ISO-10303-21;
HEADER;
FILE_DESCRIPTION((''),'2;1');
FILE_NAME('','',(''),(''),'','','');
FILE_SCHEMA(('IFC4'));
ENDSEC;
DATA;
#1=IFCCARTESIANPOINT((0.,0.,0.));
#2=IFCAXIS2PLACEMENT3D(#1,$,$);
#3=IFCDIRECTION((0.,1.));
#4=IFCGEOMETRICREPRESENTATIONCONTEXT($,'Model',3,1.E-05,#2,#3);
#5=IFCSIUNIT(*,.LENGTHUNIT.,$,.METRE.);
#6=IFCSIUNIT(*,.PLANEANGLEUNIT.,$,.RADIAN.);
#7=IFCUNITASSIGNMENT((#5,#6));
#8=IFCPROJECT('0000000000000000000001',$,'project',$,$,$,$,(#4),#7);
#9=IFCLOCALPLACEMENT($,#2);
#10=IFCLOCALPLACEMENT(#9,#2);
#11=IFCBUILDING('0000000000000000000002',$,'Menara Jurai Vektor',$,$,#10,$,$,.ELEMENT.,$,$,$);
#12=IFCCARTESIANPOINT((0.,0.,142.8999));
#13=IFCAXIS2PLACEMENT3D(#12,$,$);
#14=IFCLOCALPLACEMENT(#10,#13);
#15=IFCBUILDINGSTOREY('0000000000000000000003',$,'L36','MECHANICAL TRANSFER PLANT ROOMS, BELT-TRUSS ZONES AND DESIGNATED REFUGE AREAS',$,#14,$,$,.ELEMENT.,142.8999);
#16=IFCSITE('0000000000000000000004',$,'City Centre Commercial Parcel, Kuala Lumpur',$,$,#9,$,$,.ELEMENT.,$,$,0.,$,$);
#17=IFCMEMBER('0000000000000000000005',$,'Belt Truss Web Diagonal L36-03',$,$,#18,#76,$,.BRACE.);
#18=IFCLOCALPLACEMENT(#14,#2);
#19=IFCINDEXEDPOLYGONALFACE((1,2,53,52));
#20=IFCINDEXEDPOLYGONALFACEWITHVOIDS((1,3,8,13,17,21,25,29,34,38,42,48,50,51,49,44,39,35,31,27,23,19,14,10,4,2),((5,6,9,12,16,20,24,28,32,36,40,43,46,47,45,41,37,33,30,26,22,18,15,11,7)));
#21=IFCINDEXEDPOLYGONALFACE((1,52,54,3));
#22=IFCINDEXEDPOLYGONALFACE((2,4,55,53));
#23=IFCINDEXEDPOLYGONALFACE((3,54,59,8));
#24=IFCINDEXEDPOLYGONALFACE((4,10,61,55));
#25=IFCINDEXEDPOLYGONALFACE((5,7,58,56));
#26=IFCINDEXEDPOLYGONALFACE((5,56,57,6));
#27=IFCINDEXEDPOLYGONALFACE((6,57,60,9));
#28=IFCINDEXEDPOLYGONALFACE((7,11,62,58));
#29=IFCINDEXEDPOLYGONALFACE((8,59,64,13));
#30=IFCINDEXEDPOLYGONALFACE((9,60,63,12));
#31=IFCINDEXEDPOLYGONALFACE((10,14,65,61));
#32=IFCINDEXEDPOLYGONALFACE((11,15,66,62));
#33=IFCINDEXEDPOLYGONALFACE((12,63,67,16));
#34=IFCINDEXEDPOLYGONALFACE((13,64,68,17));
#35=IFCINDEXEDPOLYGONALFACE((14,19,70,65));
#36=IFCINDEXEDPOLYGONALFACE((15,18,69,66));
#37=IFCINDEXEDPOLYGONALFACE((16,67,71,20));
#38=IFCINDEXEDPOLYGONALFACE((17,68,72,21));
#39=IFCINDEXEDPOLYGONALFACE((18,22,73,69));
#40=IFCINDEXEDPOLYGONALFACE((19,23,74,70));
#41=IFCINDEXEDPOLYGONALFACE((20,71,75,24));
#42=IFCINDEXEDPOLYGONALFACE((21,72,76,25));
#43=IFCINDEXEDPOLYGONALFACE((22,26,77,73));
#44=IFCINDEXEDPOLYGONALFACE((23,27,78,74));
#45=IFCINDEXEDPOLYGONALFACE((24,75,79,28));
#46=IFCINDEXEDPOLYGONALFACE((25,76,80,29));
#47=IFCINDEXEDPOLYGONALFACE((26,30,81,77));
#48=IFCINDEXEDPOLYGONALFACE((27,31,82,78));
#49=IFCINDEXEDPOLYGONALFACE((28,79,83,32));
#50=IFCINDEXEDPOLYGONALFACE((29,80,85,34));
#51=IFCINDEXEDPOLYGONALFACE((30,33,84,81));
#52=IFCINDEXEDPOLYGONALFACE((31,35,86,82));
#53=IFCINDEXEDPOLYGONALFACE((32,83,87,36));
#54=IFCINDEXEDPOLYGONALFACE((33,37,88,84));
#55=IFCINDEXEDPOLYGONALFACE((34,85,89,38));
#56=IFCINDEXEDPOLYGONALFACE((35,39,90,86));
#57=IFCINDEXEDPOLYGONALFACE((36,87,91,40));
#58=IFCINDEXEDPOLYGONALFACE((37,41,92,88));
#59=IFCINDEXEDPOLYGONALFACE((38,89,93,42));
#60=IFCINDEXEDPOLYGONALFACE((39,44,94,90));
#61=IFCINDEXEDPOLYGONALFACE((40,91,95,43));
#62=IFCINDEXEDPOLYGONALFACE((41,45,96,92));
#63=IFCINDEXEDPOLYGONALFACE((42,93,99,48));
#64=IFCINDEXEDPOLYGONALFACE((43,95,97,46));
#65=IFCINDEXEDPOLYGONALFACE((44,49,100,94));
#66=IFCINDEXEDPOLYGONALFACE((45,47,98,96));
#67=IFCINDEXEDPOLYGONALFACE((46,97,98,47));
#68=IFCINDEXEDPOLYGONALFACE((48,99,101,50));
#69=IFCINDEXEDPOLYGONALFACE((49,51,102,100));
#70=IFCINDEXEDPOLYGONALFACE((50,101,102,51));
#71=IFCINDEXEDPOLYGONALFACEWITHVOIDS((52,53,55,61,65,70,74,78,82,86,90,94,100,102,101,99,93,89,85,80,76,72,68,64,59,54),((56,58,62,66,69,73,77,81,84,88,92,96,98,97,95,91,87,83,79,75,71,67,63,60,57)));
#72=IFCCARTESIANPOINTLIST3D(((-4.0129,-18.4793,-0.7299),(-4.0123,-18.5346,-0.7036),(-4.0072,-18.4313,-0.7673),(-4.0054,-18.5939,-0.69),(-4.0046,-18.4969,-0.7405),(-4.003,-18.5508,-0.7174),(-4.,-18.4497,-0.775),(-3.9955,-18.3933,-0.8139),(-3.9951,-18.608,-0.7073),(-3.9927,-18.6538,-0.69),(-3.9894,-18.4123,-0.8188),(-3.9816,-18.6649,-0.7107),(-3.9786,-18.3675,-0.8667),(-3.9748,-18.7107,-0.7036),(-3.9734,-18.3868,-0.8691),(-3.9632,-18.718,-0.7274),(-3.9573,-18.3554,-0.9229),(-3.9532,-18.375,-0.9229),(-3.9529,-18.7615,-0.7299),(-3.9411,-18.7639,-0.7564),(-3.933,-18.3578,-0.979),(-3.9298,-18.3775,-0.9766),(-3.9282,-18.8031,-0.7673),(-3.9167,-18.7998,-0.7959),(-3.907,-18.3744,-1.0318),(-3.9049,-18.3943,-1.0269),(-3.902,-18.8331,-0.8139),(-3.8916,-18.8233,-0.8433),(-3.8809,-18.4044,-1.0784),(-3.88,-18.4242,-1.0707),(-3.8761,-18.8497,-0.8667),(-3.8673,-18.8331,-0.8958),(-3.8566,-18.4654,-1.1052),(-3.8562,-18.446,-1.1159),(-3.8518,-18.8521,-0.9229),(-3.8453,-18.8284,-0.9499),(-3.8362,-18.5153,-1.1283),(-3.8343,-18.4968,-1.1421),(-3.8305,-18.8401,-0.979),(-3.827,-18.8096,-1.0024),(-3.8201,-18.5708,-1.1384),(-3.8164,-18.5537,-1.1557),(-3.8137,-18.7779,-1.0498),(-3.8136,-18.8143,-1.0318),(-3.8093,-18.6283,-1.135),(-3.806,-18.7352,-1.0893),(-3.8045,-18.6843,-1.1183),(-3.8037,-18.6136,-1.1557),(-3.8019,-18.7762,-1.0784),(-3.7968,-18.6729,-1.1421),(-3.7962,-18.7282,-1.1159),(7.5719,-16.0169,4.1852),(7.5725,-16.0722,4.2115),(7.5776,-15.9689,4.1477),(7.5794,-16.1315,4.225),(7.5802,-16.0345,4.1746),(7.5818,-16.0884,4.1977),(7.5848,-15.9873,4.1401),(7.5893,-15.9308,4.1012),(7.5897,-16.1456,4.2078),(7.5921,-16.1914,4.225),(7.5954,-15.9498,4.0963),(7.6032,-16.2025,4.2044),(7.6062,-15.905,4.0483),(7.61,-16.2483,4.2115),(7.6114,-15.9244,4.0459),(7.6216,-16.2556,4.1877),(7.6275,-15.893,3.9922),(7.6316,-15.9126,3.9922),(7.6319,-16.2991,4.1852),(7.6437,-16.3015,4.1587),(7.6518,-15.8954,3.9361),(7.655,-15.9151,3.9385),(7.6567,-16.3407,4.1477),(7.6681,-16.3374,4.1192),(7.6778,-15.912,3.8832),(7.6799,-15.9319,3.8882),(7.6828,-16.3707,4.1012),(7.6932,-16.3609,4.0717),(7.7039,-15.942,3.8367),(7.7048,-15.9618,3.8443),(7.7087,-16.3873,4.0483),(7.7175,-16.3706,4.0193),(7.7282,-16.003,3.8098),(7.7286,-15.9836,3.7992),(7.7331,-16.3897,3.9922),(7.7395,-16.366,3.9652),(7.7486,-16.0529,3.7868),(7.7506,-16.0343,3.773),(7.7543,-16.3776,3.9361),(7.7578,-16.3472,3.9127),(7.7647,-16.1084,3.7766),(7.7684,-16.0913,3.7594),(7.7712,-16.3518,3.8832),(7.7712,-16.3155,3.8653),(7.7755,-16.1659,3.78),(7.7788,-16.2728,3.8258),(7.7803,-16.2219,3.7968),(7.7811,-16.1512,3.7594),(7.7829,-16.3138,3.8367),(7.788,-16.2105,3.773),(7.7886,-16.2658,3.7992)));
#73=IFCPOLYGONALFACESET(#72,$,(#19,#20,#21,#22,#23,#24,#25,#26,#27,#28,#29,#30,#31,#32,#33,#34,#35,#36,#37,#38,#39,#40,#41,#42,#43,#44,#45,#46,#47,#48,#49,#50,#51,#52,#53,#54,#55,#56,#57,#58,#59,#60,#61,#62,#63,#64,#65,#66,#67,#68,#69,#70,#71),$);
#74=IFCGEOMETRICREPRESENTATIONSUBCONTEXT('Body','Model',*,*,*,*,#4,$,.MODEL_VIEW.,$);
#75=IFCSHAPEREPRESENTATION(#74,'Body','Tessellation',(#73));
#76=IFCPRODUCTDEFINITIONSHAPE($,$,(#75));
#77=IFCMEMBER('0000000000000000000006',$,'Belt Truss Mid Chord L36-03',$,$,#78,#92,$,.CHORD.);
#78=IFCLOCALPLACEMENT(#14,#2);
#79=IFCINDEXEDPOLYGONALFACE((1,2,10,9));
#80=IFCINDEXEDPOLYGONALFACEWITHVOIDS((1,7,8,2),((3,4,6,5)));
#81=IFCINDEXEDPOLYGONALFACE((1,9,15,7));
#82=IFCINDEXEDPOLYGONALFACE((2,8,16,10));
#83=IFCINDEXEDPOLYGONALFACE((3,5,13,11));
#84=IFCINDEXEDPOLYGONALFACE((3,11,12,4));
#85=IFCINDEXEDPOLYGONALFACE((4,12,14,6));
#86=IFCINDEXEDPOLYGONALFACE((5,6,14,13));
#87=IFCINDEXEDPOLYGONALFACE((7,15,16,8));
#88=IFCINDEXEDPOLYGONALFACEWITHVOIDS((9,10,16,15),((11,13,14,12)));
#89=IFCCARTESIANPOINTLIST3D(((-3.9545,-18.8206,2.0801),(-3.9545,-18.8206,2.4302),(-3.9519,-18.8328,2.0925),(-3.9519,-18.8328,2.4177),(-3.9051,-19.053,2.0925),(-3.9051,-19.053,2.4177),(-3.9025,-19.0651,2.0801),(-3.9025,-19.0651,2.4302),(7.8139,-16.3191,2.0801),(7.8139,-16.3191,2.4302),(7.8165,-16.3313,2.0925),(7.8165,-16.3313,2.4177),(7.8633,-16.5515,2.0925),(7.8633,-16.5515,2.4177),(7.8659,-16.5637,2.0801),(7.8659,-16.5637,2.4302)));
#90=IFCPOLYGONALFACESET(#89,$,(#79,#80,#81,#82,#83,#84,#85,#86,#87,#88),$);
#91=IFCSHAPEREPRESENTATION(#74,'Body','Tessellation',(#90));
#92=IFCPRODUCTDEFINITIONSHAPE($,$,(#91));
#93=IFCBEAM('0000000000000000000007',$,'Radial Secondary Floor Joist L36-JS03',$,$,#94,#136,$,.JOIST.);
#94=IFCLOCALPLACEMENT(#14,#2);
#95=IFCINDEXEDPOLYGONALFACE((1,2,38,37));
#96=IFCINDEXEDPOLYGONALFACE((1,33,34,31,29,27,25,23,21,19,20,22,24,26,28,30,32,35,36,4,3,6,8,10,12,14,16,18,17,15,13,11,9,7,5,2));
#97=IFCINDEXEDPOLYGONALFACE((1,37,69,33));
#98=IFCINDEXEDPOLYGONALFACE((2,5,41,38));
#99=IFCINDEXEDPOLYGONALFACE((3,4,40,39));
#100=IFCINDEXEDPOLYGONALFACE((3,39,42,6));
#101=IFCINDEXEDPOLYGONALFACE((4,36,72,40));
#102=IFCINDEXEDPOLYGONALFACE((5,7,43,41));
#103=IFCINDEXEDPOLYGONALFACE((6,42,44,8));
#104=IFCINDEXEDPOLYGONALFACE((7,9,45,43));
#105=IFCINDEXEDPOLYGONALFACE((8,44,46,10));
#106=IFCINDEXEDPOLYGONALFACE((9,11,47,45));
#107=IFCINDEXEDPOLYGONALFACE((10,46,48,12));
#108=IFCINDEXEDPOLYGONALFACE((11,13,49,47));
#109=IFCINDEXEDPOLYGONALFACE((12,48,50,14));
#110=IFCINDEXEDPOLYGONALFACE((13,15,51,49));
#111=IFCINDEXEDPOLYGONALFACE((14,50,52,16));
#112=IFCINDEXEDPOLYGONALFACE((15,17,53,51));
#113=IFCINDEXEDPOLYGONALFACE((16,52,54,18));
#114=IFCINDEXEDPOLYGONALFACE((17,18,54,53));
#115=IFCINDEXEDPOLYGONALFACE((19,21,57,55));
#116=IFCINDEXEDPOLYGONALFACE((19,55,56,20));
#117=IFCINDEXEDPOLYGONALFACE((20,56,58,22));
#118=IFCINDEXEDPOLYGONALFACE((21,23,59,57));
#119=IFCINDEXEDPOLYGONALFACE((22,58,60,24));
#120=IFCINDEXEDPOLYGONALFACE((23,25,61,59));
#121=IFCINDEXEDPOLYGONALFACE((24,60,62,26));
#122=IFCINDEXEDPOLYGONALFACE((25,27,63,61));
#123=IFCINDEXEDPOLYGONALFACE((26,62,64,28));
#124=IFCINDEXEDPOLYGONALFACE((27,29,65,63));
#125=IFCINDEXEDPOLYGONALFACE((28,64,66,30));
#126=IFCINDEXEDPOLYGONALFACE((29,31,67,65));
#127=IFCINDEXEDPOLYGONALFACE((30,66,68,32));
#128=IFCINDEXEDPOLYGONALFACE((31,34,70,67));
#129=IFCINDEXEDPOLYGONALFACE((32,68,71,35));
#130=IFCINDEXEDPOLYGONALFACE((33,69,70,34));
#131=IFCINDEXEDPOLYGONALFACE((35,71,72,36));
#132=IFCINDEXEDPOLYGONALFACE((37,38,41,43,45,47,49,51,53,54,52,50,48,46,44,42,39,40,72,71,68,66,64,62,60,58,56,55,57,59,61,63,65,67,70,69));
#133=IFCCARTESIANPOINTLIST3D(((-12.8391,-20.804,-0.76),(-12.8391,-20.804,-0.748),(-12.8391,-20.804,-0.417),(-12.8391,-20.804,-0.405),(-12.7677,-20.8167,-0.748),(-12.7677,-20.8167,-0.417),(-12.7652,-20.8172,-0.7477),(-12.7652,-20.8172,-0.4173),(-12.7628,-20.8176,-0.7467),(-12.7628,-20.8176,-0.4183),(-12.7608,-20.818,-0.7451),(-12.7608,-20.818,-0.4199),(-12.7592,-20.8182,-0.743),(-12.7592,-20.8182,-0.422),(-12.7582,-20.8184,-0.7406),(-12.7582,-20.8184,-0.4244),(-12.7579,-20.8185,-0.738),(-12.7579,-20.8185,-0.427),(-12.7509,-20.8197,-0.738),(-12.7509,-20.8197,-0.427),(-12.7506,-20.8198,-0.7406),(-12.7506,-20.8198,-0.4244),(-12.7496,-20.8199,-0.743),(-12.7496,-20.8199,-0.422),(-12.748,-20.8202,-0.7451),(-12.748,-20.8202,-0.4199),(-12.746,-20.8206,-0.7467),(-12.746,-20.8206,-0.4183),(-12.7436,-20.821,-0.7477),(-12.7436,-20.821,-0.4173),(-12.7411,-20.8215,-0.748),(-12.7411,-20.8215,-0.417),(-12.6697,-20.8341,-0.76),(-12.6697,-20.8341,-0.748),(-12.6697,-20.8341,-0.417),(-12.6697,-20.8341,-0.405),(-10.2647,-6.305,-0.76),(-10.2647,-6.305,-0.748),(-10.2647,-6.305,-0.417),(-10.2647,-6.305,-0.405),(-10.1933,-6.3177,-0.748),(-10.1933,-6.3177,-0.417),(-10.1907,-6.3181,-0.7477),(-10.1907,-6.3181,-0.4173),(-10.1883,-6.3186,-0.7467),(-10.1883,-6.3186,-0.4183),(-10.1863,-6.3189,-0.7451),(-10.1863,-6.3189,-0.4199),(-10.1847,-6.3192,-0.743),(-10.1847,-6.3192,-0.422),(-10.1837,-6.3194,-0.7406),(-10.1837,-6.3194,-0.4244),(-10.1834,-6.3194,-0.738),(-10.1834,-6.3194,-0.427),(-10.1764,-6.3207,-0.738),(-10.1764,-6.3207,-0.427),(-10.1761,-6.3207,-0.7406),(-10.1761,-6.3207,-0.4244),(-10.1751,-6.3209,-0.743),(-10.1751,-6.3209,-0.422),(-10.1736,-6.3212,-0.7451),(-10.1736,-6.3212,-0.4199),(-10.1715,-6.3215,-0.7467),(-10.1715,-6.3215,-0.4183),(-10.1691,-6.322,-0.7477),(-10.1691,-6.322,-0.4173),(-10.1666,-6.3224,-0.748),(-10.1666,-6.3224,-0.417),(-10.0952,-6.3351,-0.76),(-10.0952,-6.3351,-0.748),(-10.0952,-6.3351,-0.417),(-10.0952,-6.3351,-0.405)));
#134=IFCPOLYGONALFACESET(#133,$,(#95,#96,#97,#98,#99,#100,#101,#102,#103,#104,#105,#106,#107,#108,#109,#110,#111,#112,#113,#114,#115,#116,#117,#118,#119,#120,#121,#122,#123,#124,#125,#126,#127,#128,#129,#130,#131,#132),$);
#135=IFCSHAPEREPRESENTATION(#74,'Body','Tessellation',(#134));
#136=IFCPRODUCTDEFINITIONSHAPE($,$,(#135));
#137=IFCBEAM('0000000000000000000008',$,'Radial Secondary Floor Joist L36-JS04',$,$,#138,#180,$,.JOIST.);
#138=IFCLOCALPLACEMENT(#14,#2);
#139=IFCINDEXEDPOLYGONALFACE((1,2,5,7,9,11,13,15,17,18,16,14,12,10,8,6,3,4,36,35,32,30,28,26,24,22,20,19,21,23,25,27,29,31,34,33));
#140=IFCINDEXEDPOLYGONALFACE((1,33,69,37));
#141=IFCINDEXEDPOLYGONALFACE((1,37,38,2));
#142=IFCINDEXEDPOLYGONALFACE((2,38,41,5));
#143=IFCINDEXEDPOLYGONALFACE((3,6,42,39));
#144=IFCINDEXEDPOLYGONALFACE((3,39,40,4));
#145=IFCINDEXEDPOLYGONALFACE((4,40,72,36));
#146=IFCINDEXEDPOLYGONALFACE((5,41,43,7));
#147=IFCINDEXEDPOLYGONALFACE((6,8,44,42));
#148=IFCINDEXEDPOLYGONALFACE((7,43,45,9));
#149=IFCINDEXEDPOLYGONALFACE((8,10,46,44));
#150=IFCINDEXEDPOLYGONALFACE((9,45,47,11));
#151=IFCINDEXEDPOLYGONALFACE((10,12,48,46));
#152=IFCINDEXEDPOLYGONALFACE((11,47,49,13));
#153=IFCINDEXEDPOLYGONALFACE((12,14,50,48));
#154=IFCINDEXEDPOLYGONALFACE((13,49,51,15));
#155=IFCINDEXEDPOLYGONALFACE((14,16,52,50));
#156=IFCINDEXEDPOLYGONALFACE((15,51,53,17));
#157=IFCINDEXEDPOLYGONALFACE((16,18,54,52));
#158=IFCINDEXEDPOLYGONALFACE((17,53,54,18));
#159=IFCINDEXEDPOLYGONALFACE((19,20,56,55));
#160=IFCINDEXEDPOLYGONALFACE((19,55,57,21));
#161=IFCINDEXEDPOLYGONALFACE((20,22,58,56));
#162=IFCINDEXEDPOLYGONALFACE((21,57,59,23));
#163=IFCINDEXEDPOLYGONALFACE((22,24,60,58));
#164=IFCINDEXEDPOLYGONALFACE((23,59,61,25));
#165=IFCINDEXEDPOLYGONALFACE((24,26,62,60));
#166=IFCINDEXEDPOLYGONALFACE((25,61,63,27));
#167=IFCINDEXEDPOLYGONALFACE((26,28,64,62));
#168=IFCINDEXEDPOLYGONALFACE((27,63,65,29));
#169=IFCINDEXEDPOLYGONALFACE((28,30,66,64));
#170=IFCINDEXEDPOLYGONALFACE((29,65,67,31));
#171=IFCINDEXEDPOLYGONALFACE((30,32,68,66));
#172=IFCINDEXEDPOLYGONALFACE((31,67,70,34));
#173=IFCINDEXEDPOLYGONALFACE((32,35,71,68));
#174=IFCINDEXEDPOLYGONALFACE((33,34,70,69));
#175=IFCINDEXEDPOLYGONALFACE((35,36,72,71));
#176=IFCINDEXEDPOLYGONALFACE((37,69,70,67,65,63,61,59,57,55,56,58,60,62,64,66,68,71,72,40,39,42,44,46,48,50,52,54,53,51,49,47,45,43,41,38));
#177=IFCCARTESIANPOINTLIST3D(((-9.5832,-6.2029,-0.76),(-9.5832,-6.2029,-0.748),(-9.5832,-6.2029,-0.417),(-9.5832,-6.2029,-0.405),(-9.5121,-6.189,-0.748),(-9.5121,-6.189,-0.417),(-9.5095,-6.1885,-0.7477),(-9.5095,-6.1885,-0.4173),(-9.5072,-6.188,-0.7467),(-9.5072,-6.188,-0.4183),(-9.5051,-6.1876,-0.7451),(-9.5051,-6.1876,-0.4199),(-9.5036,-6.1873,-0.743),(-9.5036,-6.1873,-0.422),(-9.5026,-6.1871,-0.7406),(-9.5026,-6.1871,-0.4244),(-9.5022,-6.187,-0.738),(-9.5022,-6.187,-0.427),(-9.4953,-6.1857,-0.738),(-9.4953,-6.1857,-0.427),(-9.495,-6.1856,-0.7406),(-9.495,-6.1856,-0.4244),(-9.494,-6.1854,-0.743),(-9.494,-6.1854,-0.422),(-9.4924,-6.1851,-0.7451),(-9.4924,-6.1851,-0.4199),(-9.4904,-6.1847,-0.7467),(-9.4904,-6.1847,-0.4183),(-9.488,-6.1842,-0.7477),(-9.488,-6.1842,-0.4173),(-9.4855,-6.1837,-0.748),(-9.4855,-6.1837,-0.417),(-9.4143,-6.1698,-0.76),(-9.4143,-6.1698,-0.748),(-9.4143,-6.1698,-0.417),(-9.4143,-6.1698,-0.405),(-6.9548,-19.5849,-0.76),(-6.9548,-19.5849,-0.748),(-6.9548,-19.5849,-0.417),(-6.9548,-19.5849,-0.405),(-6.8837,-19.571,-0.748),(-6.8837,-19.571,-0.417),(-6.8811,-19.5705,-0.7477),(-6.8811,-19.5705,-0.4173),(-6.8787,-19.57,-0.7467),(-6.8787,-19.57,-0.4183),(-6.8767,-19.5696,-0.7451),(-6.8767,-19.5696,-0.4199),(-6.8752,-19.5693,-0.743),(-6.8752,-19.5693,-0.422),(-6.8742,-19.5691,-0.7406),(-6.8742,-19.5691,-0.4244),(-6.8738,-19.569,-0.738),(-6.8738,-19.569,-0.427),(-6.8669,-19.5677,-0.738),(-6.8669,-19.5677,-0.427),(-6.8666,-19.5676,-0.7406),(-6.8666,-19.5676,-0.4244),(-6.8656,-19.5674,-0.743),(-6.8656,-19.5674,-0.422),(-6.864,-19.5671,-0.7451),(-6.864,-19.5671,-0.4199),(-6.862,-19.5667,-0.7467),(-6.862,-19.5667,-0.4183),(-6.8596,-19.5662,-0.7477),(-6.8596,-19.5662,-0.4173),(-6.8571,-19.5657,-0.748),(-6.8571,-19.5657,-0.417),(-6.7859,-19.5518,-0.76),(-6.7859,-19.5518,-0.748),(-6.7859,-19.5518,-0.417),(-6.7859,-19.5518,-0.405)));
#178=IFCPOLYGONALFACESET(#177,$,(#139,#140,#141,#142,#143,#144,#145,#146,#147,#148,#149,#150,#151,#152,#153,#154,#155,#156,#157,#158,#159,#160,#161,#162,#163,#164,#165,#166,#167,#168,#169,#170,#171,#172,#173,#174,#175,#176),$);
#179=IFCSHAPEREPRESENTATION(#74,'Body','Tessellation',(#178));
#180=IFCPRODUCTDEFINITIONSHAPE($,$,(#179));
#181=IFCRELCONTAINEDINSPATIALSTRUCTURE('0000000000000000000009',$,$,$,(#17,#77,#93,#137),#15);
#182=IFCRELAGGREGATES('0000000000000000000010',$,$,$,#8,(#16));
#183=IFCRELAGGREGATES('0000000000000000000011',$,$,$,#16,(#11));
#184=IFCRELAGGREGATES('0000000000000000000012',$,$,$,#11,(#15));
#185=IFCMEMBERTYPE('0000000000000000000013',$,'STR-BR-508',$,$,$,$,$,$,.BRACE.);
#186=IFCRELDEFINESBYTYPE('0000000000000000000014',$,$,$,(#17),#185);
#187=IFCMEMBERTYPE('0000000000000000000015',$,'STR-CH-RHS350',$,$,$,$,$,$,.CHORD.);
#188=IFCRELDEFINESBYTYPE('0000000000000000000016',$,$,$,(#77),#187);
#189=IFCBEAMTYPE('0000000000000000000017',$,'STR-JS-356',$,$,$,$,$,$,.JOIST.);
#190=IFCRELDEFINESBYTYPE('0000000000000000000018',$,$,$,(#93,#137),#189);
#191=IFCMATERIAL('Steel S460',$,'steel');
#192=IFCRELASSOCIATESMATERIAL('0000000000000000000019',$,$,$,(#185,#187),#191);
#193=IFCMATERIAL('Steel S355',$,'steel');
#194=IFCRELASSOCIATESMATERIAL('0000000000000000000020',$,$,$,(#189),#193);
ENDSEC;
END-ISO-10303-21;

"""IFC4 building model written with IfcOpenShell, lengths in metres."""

from ifc_helpers import new_model, si_unit, direction, frame, origin, origin_2d, place, context, subcontext, project, spatial, hollow_rectangle, hollow_circle, i_section, extrude, material, material_profile, profile_set, type_object, element, save


model = new_model("IFC4")

# Units and contexts
model_context = context("Model", 3, precision=1e-05, world=origin(), true_north=direction((0.0, 1.0)))
body_context = subcontext(model_context, "Body", "Model", "MODEL_VIEW")
ifc_project = project(units=[si_unit("LENGTHUNIT", "METRE"), si_unit("PLANEANGLEUNIT", "RADIAN")], contexts=[model_context])

# Site, building, storey
site_placement = place(None, origin())
site = spatial("IfcSite", under=ifc_project, at=site_placement, Name="City Centre Commercial Parcel, Kuala Lumpur", CompositionType="ELEMENT", RefElevation=0.0)
building_placement = place(site_placement, origin())
building = spatial("IfcBuilding", under=site, at=building_placement, Name="Menara Jurai Vektor", CompositionType="ELEMENT")
storey_placement = place(building_placement, frame((0.0, 0.0, 142.8999)))
storey = spatial("IfcBuildingStorey", under=building, at=storey_placement, Name="L36", Description="MECHANICAL TRANSFER PLANT ROOMS, BELT-TRUSS ZONES AND DESIGNATED REFUGE AREAS", CompositionType="ELEMENT", Elevation=142.8999)

# Shared definitions
ifc_material_1 = material(Name="Steel S460", Category="steel")

# Shared definitions
ifc_material_2 = material(Name="Steel S355", Category="steel")

# Members
ifc_material_profile_1 = material_profile(ifc_material_1, hollow_circle(Radius=0.2539, WallThickness=0.02, at=origin_2d()), Name="CHS 508x20")
ifc_profile_set_1 = profile_set([ifc_material_profile_1], Name="Steel S460")
member_type_1 = type_object("IfcMemberType", Name="STR-BR-508", PredefinedType="BRACE", material=ifc_profile_set_1)
member_1_placement = place(storey_placement, frame((-3.9045, -18.6038, -0.9229), z_axis=(0.90344, 0.192032, 0.383302), x_axis=(-0.207911, 0.978148, 0.0)))
element("IfcMember", 1, at=member_1_placement, inside=storey, type_object=member_type_1, Name="Belt Truss Web Diagonal L36-03", PredefinedType="BRACE", context=body_context, shape_type="SweptSolid", body=[
    extrude(hollow_circle(Radius=0.2539, WallThickness=0.02, at=origin_2d()), origin(), (0.0, 0.0, 1.0), 12.823),
])
ifc_material_profile_2 = material_profile(ifc_material_1, hollow_rectangle(XDim=0.25, YDim=0.3501, WallThickness=0.0125, at=origin_2d()), Name="RHS 350x250x12.5")
ifc_profile_set_2 = profile_set([ifc_material_profile_2], Name="Steel S460")
member_type_2 = type_object("IfcMemberType", Name="STR-CH-RHS350", PredefinedType="CHORD", material=ifc_profile_set_2)
member_2_placement = place(storey_placement, frame((-3.9285, -18.9429, 2.2551), z_axis=(0.978147, 0.207914, 0.0), x_axis=(-0.207914, 0.978147, 0.0)))
element("IfcMember", 2, at=member_2_placement, inside=storey, type_object=member_type_2, Name="Belt Truss Mid Chord L36-03", PredefinedType="CHORD", context=body_context, shape_type="SweptSolid", body=[
    extrude(hollow_rectangle(XDim=0.25, YDim=0.3501, WallThickness=0.0125, at=origin_2d()), origin(), (0.0, 0.0, 1.0), 12.0312),
])

# Beams
ifc_material_profile_3 = material_profile(ifc_material_2, i_section(OverallWidth=0.1721, OverallDepth=0.355, WebThickness=0.0071, FlangeThickness=0.012, FilletRadius=0.01, at=origin_2d()), Name="UKB 356x171x51")
ifc_profile_set_3 = profile_set([ifc_material_profile_3], Name="Steel S355")
beam_type_1 = type_object("IfcBeamType", Name="STR-JS-356", PredefinedType="JOIST", material=ifc_profile_set_3)
beam_1_placement = place(storey_placement, frame((-12.7544, -20.8191, -0.5825), z_axis=(0.174827, 0.984599, 0.0), x_axis=(-0.984599, 0.174827, 0.0)))
element("IfcBeam", 3, at=beam_1_placement, inside=storey, type_object=beam_type_1, Name="Radial Secondary Floor Joist L36-JS03", PredefinedType="JOIST", context=body_context, shape_type="SweptSolid", body=[
    extrude(i_section(OverallWidth=0.1721, OverallDepth=0.355, WebThickness=0.0071, FlangeThickness=0.012, FilletRadius=0.01, at=origin_2d()), origin(), (0.0, 0.0, 1.0), 14.7258),
])
beam_2_placement = place(storey_placement, frame((-6.8704, -19.5684, -0.5825), z_axis=(-0.192731, 0.981252, 0.0), x_axis=(-0.981252, -0.192731, 0.0)))
element("IfcBeam", 4, at=beam_2_placement, inside=storey, type_object=beam_type_1, Name="Radial Secondary Floor Joist L36-JS04", PredefinedType="JOIST", context=body_context, shape_type="SweptSolid", body=[
    extrude(i_section(OverallWidth=0.1721, OverallDepth=0.355, WebThickness=0.0071, FlangeThickness=0.012, FilletRadius=0.01, at=origin_2d()), origin(), (0.0, 0.0, 1.0), 13.6377),
])

save(model, "model.ifc")
